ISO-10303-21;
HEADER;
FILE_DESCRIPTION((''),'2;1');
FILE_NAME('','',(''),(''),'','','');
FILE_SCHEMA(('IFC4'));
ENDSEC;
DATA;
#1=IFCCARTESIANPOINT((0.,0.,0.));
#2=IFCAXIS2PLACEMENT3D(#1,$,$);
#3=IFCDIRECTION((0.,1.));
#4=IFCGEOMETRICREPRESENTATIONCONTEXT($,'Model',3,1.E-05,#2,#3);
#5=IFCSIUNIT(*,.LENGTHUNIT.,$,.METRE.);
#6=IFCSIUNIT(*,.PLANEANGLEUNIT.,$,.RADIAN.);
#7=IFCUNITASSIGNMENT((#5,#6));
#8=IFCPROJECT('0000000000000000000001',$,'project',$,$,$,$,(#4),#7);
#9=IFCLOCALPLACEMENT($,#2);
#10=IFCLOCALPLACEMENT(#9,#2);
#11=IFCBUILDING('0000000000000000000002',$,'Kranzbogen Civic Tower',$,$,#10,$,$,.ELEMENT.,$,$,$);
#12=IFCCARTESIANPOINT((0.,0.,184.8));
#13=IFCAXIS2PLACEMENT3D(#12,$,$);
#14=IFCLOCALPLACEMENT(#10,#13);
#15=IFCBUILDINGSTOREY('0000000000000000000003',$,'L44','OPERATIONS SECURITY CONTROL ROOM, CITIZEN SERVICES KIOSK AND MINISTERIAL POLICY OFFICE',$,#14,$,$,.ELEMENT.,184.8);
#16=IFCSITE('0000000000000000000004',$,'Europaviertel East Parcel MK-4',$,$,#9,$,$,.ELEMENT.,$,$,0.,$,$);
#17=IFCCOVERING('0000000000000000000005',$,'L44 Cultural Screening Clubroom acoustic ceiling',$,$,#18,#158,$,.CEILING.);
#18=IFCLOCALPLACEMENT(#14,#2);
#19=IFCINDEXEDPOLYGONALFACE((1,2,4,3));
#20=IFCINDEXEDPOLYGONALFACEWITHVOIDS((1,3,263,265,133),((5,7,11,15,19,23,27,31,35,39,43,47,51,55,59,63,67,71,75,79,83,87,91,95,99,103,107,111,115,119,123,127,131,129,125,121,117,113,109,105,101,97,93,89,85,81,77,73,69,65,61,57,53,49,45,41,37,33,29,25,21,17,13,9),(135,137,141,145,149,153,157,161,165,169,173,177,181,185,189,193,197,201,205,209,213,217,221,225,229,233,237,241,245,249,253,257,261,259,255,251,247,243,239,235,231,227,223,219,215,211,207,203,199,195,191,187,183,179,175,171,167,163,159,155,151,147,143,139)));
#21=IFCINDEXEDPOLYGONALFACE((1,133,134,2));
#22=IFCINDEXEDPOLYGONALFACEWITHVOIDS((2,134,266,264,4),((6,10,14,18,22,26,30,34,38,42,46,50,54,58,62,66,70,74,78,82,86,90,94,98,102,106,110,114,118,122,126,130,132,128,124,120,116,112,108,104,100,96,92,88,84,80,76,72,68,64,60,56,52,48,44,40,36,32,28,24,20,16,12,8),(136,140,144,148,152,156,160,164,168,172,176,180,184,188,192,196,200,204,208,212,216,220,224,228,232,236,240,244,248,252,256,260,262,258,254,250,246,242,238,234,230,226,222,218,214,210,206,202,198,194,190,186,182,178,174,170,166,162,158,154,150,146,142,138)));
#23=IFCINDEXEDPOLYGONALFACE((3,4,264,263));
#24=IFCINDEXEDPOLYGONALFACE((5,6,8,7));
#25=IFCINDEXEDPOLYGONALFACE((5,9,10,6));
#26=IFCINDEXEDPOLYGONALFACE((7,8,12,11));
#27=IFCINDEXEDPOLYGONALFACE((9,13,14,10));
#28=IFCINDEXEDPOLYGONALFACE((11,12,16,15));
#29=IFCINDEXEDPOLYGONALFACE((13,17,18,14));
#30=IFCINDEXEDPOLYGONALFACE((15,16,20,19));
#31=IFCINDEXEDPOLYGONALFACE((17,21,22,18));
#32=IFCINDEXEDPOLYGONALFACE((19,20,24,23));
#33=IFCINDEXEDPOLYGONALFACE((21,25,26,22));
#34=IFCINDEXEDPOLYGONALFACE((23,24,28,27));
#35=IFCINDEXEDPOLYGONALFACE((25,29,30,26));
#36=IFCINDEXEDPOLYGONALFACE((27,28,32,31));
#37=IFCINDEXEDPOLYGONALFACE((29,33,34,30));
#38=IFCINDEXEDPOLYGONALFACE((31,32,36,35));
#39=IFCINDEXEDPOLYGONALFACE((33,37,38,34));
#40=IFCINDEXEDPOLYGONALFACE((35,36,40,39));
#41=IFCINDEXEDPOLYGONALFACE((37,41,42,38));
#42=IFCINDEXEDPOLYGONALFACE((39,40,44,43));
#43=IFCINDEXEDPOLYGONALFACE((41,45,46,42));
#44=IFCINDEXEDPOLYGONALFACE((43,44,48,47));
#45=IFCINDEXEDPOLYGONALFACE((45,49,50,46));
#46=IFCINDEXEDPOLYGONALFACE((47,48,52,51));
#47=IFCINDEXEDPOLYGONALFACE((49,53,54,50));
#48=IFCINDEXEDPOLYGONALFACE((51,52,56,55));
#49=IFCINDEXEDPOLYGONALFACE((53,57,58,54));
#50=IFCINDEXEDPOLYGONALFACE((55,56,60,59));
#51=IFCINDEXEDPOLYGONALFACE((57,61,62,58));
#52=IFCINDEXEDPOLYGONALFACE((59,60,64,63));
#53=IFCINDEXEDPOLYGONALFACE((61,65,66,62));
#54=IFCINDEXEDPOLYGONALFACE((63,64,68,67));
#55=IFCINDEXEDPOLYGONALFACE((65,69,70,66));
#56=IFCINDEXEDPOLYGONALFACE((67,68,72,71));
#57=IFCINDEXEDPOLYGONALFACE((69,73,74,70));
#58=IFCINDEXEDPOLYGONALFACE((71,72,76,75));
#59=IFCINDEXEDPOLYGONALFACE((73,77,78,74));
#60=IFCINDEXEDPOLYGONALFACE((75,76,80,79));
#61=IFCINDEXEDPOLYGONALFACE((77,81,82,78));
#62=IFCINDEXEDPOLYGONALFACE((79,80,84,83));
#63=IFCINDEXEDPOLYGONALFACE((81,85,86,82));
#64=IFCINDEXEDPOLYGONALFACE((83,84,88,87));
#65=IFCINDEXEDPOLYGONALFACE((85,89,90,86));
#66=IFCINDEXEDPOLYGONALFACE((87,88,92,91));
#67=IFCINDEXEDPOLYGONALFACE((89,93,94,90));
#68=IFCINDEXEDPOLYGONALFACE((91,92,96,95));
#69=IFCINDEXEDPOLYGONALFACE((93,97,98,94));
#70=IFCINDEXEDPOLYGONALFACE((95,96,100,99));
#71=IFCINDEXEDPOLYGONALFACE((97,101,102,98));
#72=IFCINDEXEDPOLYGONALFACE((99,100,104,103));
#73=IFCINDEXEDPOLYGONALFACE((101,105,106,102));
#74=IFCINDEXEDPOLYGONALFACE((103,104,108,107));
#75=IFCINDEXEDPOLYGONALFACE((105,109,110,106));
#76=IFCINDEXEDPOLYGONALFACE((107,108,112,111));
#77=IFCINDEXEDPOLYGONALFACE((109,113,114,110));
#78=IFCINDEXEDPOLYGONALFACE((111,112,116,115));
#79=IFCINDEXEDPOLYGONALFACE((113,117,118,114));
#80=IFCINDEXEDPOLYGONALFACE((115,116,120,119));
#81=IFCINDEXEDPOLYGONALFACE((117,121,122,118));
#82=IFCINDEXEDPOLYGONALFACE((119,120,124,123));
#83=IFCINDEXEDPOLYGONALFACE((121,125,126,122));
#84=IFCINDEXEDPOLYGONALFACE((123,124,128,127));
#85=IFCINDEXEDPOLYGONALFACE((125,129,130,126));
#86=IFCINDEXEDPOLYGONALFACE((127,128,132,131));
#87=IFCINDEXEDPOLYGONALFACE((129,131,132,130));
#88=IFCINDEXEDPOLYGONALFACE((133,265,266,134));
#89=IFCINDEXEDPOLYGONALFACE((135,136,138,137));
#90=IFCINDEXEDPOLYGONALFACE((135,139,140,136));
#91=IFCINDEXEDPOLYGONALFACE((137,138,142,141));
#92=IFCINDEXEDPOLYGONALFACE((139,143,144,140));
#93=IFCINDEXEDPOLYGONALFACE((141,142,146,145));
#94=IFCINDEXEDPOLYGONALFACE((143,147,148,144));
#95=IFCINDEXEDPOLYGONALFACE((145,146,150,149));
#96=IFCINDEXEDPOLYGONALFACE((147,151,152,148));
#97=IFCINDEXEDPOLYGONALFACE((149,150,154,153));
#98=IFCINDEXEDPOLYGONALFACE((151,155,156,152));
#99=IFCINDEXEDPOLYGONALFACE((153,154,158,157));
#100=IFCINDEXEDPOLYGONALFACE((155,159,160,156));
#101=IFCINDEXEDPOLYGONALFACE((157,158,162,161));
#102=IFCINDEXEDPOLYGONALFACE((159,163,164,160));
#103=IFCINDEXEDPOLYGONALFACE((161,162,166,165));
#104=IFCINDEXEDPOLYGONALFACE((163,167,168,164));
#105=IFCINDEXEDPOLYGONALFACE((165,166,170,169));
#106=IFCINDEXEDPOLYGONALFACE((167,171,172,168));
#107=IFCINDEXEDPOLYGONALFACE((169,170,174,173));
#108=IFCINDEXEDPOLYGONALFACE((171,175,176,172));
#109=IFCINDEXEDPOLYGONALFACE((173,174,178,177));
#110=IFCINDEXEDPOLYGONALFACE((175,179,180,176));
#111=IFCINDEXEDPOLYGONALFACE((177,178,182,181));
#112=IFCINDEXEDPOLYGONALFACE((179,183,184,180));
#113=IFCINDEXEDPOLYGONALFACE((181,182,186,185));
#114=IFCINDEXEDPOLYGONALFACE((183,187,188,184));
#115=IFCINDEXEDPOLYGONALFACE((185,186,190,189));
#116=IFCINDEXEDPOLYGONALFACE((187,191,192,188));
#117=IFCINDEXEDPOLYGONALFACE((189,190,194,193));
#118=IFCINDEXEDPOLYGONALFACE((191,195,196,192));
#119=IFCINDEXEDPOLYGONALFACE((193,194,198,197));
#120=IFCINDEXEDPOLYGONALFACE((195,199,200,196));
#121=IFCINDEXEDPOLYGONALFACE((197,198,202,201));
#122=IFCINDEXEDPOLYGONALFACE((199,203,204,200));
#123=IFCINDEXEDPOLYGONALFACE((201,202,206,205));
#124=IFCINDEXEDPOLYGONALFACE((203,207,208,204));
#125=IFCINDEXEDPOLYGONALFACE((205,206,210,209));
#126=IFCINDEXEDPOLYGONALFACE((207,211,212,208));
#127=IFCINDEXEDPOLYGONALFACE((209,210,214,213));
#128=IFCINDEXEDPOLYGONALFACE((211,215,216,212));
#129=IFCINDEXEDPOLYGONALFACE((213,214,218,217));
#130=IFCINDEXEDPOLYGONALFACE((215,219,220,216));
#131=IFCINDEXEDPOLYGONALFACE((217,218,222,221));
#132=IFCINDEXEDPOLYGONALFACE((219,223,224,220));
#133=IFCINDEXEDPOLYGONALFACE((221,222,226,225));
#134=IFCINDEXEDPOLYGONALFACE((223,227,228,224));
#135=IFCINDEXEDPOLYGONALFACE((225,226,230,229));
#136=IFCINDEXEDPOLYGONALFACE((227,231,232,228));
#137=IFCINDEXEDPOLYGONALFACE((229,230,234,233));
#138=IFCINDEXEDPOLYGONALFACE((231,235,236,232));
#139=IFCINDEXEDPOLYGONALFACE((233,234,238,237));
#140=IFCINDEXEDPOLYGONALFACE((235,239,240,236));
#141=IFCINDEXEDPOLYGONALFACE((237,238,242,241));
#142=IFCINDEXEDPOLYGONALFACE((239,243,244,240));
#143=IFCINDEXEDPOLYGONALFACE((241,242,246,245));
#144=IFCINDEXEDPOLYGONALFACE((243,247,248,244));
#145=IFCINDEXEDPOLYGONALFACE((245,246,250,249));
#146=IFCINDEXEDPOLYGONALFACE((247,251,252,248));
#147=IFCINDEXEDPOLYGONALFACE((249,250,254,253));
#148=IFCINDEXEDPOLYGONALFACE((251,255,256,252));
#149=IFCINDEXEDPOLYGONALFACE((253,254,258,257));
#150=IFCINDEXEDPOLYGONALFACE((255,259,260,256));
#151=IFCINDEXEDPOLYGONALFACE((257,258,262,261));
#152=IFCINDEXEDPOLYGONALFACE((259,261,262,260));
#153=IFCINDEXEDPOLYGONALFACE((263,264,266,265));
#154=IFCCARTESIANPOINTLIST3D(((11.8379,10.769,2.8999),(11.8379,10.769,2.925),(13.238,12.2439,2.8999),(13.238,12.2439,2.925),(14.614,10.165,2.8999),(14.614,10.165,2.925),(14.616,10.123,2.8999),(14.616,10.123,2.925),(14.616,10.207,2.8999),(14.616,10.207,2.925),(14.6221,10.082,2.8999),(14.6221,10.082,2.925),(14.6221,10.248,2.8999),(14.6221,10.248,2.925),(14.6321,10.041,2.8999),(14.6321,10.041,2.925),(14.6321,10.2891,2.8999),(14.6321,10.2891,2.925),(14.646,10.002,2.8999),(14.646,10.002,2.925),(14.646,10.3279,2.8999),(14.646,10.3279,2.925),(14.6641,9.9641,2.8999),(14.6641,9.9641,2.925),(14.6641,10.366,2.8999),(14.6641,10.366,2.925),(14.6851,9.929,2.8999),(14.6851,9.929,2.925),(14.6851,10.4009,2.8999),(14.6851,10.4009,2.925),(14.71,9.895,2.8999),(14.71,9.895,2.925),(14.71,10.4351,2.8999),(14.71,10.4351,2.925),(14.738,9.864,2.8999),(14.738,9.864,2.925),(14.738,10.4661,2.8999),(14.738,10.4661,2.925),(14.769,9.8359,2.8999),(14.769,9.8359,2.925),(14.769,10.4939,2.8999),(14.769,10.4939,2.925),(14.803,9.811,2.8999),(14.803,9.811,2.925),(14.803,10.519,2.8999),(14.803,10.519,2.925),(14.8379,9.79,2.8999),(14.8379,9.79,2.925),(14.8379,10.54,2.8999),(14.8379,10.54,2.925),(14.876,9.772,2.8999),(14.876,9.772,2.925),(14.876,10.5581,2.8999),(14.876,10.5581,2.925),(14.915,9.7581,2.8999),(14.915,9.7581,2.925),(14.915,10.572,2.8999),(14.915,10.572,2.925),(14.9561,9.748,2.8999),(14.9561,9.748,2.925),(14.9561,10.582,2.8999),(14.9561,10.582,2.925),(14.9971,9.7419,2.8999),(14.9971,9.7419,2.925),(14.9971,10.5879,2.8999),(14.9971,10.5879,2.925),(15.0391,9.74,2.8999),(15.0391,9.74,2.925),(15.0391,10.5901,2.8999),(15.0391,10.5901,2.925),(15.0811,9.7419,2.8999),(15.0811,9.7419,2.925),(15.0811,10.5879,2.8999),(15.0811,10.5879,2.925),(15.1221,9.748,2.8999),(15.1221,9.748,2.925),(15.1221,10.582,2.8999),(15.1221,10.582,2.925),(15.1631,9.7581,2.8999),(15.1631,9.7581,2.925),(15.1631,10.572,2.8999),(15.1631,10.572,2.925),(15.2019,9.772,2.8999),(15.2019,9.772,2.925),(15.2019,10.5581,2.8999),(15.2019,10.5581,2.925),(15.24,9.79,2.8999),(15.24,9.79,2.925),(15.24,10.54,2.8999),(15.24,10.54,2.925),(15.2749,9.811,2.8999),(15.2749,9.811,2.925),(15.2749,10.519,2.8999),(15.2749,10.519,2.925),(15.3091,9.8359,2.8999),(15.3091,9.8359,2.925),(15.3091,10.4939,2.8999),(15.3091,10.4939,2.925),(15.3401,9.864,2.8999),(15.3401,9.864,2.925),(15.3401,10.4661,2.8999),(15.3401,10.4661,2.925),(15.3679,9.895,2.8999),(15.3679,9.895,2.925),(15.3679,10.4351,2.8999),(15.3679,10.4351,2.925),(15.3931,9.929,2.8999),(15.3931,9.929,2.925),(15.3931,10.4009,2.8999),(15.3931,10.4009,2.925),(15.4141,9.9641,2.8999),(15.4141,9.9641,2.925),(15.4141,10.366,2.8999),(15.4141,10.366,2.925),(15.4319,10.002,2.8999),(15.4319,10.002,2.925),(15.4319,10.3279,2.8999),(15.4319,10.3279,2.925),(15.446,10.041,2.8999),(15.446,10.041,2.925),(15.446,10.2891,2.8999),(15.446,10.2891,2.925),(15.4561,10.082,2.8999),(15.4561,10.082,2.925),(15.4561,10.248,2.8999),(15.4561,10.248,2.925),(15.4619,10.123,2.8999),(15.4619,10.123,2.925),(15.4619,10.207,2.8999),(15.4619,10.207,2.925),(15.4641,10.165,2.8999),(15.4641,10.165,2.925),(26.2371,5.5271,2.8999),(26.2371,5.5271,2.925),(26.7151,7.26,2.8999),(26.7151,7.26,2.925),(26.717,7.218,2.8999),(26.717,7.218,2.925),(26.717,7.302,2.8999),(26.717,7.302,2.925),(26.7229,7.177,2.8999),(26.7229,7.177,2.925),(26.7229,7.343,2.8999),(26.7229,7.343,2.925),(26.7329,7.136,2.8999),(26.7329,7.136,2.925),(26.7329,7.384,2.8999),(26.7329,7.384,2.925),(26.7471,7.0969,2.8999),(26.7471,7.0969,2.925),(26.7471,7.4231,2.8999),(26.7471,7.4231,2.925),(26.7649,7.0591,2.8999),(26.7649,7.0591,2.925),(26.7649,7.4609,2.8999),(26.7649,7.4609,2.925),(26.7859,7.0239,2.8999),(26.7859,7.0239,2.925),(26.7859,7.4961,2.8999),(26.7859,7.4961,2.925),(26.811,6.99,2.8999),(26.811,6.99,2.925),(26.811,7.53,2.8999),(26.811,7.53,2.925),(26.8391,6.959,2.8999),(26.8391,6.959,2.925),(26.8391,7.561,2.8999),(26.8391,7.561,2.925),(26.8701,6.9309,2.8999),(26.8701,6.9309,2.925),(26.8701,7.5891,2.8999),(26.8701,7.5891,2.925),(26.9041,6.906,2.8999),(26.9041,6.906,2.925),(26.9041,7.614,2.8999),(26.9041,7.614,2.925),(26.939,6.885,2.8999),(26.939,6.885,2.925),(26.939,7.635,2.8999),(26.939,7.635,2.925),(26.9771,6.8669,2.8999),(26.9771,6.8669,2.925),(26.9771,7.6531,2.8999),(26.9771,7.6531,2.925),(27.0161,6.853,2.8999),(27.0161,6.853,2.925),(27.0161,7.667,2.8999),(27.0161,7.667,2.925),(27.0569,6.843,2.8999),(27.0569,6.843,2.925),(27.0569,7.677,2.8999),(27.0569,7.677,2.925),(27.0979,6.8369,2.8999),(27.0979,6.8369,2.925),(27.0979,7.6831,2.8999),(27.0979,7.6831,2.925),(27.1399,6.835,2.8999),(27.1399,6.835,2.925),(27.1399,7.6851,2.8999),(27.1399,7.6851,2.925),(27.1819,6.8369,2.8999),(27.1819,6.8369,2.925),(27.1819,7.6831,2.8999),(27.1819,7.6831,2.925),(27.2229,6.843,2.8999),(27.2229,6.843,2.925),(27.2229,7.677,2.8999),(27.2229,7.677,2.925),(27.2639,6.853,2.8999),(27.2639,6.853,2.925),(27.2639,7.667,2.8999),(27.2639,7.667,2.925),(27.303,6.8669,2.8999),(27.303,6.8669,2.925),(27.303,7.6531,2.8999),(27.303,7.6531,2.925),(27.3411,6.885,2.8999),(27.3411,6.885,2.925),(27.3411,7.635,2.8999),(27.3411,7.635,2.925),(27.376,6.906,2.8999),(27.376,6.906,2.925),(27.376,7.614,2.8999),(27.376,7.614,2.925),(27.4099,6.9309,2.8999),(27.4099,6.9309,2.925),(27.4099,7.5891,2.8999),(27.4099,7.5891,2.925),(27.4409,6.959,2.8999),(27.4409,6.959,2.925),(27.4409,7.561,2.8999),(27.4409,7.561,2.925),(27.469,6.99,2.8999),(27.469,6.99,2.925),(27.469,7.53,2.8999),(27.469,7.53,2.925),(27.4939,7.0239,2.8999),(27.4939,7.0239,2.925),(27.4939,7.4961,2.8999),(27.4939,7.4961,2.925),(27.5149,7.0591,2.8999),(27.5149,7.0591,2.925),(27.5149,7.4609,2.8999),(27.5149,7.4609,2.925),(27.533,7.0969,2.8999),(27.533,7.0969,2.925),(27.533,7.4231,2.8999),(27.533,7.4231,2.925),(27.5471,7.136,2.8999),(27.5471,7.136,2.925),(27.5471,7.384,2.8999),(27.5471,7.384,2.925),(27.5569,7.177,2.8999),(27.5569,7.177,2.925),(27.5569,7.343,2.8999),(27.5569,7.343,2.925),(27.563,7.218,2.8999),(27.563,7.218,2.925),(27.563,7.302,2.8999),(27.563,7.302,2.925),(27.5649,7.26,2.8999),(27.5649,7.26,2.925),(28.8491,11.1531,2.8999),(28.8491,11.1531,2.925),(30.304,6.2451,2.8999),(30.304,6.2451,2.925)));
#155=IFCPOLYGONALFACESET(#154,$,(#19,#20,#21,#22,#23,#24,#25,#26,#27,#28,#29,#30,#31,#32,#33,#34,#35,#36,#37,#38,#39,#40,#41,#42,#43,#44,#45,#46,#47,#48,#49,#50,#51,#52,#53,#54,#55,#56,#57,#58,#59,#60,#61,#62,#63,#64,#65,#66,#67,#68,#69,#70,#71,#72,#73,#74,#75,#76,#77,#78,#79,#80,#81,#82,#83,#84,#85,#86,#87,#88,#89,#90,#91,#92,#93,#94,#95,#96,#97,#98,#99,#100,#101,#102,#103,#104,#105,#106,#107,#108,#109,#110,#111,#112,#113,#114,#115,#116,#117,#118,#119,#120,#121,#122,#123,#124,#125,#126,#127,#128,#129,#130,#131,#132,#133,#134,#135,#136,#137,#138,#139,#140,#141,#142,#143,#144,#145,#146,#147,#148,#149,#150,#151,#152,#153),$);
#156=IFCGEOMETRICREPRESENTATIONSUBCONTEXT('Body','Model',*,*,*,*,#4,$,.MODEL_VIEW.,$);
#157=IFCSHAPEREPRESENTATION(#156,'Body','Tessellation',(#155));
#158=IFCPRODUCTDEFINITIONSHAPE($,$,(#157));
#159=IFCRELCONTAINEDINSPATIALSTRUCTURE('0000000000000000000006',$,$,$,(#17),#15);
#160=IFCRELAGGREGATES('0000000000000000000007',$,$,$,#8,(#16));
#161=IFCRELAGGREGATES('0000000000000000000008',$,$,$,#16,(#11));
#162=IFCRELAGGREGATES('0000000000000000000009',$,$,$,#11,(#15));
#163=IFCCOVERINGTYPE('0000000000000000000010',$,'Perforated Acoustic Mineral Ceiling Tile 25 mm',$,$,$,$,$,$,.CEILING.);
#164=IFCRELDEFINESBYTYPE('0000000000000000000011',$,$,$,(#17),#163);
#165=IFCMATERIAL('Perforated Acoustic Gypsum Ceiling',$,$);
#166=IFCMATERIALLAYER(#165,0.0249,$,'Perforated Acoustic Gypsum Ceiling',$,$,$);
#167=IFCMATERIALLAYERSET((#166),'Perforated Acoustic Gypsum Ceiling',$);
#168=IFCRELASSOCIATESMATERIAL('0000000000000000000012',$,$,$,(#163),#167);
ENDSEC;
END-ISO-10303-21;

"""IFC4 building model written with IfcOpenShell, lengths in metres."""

from ifc_helpers import new_model, si_unit, direction, frame, origin, place, context, subcontext, project, spatial, polyline, outline, extrude, material, layer, layer_set, type_object, element, save


model = new_model("IFC4")

# Units and contexts
model_context = context("Model", 3, precision=1e-05, world=origin(), true_north=direction((0.0, 1.0)))
body_context = subcontext(model_context, "Body", "Model", "MODEL_VIEW")
ifc_project = project(units=[si_unit("LENGTHUNIT", "METRE"), si_unit("PLANEANGLEUNIT", "RADIAN")], contexts=[model_context])

# Site, building, storey
site_placement = place(None, origin())
site = spatial("IfcSite", under=ifc_project, at=site_placement, Name="Europaviertel East Parcel MK-4", CompositionType="ELEMENT", RefElevation=0.0)
building_placement = place(site_placement, origin())
building = spatial("IfcBuilding", under=site, at=building_placement, Name="Kranzbogen Civic Tower", CompositionType="ELEMENT")
storey_placement = place(building_placement, frame((0.0, 0.0, 184.8)))
storey = spatial("IfcBuildingStorey", under=building, at=storey_placement, Name="L44", Description="OPERATIONS SECURITY CONTROL ROOM, CITIZEN SERVICES KIOSK AND MINISTERIAL POLICY OFFICE", CompositionType="ELEMENT", Elevation=184.8)

# Covering
ifc_material_1 = material(Name="Perforated Acoustic Gypsum Ceiling")
ifc_layer_1 = layer(ifc_material_1, 0.0249, Name="Perforated Acoustic Gypsum Ceiling")
ifc_layer_set_1 = layer_set([ifc_layer_1], Name="Perforated Acoustic Gypsum Ceiling")
covering_type = type_object("IfcCoveringType", Name="Perforated Acoustic Mineral Ceiling Tile 25 mm", PredefinedType="CEILING", material=ifc_layer_set_1)
covering_1_placement = place(storey_placement, frame((0.0, 0.0, 2.8999)))
element("IfcCovering", 1, at=covering_1_placement, inside=storey, type_object=covering_type, Name="L44 Cultural Screening Clubroom acoustic ceiling", PredefinedType="CEILING", context=body_context, shape_type="SweptSolid", body=[
    extrude(outline(polyline([(13.238, 12.2439), (28.8491, 11.1531), (30.304, 6.2451), (26.2371, 5.5271), (11.8379, 10.769), (13.238, 12.2439)]), holes=[polyline([(15.4319, 10.002), (15.4141, 9.9641), (15.3931, 9.929), (15.3679, 9.895), (15.3401, 9.864), (15.3091, 9.8359), (15.2749, 9.811), (15.24, 9.79), (15.2019, 9.772), (15.1631, 9.7581), (15.1221, 9.748), (15.0811, 9.7419), (15.0391, 9.74), (14.9971, 9.7419), (14.9561, 9.748), (14.915, 9.7581), (14.876, 9.772), (14.8379, 9.79), (14.803, 9.811), (14.769, 9.8359), (14.738, 9.864), (14.71, 9.895), (14.6851, 9.929), (14.6641, 9.9641), (14.646, 10.002), (14.6321, 10.041), (14.6221, 10.082), (14.616, 10.123), (14.614, 10.165), (14.616, 10.207), (14.6221, 10.248), (14.6321, 10.2891), (14.646, 10.3279), (14.6641, 10.366), (14.6851, 10.4009), (14.71, 10.4351), (14.738, 10.4661), (14.769, 10.4939), (14.803, 10.519), (14.8379, 10.54), (14.876, 10.5581), (14.915, 10.572), (14.9561, 10.582), (14.9971, 10.5879), (15.0391, 10.5901), (15.0811, 10.5879), (15.1221, 10.582), (15.1631, 10.572), (15.2019, 10.5581), (15.24, 10.54), (15.2749, 10.519), (15.3091, 10.4939), (15.3401, 10.4661), (15.3679, 10.4351), (15.3931, 10.4009), (15.4141, 10.366), (15.4319, 10.3279), (15.446, 10.2891), (15.4561, 10.248), (15.4619, 10.207), (15.4641, 10.165), (15.4619, 10.123), (15.4561, 10.082), (15.446, 10.041), (15.4319, 10.002)]), polyline([(27.533, 7.0969), (27.5149, 7.0591), (27.4939, 7.0239), (27.469, 6.99), (27.4409, 6.959), (27.4099, 6.9309), (27.376, 6.906), (27.3411, 6.885), (27.303, 6.8669), (27.2639, 6.853), (27.2229, 6.843), (27.1819, 6.8369), (27.1399, 6.835), (27.0979, 6.8369), (27.0569, 6.843), (27.0161, 6.853), (26.9771, 6.8669), (26.939, 6.885), (26.9041, 6.906), (26.8701, 6.9309), (26.8391, 6.959), (26.811, 6.99), (26.7859, 7.0239), (26.7649, 7.0591), (26.7471, 7.0969), (26.7329, 7.136), (26.7229, 7.177), (26.717, 7.218), (26.7151, 7.26), (26.717, 7.302), (26.7229, 7.343), (26.7329, 7.384), (26.7471, 7.4231), (26.7649, 7.4609), (26.7859, 7.4961), (26.811, 7.53), (26.8391, 7.561), (26.8701, 7.5891), (26.9041, 7.614), (26.939, 7.635), (26.9771, 7.6531), (27.0161, 7.667), (27.0569, 7.677), (27.0979, 7.6831), (27.1399, 7.6851), (27.1819, 7.6831), (27.2229, 7.677), (27.2639, 7.667), (27.303, 7.6531), (27.3411, 7.635), (27.376, 7.614), (27.4099, 7.5891), (27.4409, 7.561), (27.469, 7.53), (27.4939, 7.4961), (27.5149, 7.4609), (27.533, 7.4231), (27.5471, 7.384), (27.5569, 7.343), (27.563, 7.302), (27.5649, 7.26), (27.563, 7.218), (27.5569, 7.177), (27.5471, 7.136), (27.533, 7.0969)])]), origin(), (0.0, 0.0, 1.0), 0.0251),
])

save(model, "model.ifc")
